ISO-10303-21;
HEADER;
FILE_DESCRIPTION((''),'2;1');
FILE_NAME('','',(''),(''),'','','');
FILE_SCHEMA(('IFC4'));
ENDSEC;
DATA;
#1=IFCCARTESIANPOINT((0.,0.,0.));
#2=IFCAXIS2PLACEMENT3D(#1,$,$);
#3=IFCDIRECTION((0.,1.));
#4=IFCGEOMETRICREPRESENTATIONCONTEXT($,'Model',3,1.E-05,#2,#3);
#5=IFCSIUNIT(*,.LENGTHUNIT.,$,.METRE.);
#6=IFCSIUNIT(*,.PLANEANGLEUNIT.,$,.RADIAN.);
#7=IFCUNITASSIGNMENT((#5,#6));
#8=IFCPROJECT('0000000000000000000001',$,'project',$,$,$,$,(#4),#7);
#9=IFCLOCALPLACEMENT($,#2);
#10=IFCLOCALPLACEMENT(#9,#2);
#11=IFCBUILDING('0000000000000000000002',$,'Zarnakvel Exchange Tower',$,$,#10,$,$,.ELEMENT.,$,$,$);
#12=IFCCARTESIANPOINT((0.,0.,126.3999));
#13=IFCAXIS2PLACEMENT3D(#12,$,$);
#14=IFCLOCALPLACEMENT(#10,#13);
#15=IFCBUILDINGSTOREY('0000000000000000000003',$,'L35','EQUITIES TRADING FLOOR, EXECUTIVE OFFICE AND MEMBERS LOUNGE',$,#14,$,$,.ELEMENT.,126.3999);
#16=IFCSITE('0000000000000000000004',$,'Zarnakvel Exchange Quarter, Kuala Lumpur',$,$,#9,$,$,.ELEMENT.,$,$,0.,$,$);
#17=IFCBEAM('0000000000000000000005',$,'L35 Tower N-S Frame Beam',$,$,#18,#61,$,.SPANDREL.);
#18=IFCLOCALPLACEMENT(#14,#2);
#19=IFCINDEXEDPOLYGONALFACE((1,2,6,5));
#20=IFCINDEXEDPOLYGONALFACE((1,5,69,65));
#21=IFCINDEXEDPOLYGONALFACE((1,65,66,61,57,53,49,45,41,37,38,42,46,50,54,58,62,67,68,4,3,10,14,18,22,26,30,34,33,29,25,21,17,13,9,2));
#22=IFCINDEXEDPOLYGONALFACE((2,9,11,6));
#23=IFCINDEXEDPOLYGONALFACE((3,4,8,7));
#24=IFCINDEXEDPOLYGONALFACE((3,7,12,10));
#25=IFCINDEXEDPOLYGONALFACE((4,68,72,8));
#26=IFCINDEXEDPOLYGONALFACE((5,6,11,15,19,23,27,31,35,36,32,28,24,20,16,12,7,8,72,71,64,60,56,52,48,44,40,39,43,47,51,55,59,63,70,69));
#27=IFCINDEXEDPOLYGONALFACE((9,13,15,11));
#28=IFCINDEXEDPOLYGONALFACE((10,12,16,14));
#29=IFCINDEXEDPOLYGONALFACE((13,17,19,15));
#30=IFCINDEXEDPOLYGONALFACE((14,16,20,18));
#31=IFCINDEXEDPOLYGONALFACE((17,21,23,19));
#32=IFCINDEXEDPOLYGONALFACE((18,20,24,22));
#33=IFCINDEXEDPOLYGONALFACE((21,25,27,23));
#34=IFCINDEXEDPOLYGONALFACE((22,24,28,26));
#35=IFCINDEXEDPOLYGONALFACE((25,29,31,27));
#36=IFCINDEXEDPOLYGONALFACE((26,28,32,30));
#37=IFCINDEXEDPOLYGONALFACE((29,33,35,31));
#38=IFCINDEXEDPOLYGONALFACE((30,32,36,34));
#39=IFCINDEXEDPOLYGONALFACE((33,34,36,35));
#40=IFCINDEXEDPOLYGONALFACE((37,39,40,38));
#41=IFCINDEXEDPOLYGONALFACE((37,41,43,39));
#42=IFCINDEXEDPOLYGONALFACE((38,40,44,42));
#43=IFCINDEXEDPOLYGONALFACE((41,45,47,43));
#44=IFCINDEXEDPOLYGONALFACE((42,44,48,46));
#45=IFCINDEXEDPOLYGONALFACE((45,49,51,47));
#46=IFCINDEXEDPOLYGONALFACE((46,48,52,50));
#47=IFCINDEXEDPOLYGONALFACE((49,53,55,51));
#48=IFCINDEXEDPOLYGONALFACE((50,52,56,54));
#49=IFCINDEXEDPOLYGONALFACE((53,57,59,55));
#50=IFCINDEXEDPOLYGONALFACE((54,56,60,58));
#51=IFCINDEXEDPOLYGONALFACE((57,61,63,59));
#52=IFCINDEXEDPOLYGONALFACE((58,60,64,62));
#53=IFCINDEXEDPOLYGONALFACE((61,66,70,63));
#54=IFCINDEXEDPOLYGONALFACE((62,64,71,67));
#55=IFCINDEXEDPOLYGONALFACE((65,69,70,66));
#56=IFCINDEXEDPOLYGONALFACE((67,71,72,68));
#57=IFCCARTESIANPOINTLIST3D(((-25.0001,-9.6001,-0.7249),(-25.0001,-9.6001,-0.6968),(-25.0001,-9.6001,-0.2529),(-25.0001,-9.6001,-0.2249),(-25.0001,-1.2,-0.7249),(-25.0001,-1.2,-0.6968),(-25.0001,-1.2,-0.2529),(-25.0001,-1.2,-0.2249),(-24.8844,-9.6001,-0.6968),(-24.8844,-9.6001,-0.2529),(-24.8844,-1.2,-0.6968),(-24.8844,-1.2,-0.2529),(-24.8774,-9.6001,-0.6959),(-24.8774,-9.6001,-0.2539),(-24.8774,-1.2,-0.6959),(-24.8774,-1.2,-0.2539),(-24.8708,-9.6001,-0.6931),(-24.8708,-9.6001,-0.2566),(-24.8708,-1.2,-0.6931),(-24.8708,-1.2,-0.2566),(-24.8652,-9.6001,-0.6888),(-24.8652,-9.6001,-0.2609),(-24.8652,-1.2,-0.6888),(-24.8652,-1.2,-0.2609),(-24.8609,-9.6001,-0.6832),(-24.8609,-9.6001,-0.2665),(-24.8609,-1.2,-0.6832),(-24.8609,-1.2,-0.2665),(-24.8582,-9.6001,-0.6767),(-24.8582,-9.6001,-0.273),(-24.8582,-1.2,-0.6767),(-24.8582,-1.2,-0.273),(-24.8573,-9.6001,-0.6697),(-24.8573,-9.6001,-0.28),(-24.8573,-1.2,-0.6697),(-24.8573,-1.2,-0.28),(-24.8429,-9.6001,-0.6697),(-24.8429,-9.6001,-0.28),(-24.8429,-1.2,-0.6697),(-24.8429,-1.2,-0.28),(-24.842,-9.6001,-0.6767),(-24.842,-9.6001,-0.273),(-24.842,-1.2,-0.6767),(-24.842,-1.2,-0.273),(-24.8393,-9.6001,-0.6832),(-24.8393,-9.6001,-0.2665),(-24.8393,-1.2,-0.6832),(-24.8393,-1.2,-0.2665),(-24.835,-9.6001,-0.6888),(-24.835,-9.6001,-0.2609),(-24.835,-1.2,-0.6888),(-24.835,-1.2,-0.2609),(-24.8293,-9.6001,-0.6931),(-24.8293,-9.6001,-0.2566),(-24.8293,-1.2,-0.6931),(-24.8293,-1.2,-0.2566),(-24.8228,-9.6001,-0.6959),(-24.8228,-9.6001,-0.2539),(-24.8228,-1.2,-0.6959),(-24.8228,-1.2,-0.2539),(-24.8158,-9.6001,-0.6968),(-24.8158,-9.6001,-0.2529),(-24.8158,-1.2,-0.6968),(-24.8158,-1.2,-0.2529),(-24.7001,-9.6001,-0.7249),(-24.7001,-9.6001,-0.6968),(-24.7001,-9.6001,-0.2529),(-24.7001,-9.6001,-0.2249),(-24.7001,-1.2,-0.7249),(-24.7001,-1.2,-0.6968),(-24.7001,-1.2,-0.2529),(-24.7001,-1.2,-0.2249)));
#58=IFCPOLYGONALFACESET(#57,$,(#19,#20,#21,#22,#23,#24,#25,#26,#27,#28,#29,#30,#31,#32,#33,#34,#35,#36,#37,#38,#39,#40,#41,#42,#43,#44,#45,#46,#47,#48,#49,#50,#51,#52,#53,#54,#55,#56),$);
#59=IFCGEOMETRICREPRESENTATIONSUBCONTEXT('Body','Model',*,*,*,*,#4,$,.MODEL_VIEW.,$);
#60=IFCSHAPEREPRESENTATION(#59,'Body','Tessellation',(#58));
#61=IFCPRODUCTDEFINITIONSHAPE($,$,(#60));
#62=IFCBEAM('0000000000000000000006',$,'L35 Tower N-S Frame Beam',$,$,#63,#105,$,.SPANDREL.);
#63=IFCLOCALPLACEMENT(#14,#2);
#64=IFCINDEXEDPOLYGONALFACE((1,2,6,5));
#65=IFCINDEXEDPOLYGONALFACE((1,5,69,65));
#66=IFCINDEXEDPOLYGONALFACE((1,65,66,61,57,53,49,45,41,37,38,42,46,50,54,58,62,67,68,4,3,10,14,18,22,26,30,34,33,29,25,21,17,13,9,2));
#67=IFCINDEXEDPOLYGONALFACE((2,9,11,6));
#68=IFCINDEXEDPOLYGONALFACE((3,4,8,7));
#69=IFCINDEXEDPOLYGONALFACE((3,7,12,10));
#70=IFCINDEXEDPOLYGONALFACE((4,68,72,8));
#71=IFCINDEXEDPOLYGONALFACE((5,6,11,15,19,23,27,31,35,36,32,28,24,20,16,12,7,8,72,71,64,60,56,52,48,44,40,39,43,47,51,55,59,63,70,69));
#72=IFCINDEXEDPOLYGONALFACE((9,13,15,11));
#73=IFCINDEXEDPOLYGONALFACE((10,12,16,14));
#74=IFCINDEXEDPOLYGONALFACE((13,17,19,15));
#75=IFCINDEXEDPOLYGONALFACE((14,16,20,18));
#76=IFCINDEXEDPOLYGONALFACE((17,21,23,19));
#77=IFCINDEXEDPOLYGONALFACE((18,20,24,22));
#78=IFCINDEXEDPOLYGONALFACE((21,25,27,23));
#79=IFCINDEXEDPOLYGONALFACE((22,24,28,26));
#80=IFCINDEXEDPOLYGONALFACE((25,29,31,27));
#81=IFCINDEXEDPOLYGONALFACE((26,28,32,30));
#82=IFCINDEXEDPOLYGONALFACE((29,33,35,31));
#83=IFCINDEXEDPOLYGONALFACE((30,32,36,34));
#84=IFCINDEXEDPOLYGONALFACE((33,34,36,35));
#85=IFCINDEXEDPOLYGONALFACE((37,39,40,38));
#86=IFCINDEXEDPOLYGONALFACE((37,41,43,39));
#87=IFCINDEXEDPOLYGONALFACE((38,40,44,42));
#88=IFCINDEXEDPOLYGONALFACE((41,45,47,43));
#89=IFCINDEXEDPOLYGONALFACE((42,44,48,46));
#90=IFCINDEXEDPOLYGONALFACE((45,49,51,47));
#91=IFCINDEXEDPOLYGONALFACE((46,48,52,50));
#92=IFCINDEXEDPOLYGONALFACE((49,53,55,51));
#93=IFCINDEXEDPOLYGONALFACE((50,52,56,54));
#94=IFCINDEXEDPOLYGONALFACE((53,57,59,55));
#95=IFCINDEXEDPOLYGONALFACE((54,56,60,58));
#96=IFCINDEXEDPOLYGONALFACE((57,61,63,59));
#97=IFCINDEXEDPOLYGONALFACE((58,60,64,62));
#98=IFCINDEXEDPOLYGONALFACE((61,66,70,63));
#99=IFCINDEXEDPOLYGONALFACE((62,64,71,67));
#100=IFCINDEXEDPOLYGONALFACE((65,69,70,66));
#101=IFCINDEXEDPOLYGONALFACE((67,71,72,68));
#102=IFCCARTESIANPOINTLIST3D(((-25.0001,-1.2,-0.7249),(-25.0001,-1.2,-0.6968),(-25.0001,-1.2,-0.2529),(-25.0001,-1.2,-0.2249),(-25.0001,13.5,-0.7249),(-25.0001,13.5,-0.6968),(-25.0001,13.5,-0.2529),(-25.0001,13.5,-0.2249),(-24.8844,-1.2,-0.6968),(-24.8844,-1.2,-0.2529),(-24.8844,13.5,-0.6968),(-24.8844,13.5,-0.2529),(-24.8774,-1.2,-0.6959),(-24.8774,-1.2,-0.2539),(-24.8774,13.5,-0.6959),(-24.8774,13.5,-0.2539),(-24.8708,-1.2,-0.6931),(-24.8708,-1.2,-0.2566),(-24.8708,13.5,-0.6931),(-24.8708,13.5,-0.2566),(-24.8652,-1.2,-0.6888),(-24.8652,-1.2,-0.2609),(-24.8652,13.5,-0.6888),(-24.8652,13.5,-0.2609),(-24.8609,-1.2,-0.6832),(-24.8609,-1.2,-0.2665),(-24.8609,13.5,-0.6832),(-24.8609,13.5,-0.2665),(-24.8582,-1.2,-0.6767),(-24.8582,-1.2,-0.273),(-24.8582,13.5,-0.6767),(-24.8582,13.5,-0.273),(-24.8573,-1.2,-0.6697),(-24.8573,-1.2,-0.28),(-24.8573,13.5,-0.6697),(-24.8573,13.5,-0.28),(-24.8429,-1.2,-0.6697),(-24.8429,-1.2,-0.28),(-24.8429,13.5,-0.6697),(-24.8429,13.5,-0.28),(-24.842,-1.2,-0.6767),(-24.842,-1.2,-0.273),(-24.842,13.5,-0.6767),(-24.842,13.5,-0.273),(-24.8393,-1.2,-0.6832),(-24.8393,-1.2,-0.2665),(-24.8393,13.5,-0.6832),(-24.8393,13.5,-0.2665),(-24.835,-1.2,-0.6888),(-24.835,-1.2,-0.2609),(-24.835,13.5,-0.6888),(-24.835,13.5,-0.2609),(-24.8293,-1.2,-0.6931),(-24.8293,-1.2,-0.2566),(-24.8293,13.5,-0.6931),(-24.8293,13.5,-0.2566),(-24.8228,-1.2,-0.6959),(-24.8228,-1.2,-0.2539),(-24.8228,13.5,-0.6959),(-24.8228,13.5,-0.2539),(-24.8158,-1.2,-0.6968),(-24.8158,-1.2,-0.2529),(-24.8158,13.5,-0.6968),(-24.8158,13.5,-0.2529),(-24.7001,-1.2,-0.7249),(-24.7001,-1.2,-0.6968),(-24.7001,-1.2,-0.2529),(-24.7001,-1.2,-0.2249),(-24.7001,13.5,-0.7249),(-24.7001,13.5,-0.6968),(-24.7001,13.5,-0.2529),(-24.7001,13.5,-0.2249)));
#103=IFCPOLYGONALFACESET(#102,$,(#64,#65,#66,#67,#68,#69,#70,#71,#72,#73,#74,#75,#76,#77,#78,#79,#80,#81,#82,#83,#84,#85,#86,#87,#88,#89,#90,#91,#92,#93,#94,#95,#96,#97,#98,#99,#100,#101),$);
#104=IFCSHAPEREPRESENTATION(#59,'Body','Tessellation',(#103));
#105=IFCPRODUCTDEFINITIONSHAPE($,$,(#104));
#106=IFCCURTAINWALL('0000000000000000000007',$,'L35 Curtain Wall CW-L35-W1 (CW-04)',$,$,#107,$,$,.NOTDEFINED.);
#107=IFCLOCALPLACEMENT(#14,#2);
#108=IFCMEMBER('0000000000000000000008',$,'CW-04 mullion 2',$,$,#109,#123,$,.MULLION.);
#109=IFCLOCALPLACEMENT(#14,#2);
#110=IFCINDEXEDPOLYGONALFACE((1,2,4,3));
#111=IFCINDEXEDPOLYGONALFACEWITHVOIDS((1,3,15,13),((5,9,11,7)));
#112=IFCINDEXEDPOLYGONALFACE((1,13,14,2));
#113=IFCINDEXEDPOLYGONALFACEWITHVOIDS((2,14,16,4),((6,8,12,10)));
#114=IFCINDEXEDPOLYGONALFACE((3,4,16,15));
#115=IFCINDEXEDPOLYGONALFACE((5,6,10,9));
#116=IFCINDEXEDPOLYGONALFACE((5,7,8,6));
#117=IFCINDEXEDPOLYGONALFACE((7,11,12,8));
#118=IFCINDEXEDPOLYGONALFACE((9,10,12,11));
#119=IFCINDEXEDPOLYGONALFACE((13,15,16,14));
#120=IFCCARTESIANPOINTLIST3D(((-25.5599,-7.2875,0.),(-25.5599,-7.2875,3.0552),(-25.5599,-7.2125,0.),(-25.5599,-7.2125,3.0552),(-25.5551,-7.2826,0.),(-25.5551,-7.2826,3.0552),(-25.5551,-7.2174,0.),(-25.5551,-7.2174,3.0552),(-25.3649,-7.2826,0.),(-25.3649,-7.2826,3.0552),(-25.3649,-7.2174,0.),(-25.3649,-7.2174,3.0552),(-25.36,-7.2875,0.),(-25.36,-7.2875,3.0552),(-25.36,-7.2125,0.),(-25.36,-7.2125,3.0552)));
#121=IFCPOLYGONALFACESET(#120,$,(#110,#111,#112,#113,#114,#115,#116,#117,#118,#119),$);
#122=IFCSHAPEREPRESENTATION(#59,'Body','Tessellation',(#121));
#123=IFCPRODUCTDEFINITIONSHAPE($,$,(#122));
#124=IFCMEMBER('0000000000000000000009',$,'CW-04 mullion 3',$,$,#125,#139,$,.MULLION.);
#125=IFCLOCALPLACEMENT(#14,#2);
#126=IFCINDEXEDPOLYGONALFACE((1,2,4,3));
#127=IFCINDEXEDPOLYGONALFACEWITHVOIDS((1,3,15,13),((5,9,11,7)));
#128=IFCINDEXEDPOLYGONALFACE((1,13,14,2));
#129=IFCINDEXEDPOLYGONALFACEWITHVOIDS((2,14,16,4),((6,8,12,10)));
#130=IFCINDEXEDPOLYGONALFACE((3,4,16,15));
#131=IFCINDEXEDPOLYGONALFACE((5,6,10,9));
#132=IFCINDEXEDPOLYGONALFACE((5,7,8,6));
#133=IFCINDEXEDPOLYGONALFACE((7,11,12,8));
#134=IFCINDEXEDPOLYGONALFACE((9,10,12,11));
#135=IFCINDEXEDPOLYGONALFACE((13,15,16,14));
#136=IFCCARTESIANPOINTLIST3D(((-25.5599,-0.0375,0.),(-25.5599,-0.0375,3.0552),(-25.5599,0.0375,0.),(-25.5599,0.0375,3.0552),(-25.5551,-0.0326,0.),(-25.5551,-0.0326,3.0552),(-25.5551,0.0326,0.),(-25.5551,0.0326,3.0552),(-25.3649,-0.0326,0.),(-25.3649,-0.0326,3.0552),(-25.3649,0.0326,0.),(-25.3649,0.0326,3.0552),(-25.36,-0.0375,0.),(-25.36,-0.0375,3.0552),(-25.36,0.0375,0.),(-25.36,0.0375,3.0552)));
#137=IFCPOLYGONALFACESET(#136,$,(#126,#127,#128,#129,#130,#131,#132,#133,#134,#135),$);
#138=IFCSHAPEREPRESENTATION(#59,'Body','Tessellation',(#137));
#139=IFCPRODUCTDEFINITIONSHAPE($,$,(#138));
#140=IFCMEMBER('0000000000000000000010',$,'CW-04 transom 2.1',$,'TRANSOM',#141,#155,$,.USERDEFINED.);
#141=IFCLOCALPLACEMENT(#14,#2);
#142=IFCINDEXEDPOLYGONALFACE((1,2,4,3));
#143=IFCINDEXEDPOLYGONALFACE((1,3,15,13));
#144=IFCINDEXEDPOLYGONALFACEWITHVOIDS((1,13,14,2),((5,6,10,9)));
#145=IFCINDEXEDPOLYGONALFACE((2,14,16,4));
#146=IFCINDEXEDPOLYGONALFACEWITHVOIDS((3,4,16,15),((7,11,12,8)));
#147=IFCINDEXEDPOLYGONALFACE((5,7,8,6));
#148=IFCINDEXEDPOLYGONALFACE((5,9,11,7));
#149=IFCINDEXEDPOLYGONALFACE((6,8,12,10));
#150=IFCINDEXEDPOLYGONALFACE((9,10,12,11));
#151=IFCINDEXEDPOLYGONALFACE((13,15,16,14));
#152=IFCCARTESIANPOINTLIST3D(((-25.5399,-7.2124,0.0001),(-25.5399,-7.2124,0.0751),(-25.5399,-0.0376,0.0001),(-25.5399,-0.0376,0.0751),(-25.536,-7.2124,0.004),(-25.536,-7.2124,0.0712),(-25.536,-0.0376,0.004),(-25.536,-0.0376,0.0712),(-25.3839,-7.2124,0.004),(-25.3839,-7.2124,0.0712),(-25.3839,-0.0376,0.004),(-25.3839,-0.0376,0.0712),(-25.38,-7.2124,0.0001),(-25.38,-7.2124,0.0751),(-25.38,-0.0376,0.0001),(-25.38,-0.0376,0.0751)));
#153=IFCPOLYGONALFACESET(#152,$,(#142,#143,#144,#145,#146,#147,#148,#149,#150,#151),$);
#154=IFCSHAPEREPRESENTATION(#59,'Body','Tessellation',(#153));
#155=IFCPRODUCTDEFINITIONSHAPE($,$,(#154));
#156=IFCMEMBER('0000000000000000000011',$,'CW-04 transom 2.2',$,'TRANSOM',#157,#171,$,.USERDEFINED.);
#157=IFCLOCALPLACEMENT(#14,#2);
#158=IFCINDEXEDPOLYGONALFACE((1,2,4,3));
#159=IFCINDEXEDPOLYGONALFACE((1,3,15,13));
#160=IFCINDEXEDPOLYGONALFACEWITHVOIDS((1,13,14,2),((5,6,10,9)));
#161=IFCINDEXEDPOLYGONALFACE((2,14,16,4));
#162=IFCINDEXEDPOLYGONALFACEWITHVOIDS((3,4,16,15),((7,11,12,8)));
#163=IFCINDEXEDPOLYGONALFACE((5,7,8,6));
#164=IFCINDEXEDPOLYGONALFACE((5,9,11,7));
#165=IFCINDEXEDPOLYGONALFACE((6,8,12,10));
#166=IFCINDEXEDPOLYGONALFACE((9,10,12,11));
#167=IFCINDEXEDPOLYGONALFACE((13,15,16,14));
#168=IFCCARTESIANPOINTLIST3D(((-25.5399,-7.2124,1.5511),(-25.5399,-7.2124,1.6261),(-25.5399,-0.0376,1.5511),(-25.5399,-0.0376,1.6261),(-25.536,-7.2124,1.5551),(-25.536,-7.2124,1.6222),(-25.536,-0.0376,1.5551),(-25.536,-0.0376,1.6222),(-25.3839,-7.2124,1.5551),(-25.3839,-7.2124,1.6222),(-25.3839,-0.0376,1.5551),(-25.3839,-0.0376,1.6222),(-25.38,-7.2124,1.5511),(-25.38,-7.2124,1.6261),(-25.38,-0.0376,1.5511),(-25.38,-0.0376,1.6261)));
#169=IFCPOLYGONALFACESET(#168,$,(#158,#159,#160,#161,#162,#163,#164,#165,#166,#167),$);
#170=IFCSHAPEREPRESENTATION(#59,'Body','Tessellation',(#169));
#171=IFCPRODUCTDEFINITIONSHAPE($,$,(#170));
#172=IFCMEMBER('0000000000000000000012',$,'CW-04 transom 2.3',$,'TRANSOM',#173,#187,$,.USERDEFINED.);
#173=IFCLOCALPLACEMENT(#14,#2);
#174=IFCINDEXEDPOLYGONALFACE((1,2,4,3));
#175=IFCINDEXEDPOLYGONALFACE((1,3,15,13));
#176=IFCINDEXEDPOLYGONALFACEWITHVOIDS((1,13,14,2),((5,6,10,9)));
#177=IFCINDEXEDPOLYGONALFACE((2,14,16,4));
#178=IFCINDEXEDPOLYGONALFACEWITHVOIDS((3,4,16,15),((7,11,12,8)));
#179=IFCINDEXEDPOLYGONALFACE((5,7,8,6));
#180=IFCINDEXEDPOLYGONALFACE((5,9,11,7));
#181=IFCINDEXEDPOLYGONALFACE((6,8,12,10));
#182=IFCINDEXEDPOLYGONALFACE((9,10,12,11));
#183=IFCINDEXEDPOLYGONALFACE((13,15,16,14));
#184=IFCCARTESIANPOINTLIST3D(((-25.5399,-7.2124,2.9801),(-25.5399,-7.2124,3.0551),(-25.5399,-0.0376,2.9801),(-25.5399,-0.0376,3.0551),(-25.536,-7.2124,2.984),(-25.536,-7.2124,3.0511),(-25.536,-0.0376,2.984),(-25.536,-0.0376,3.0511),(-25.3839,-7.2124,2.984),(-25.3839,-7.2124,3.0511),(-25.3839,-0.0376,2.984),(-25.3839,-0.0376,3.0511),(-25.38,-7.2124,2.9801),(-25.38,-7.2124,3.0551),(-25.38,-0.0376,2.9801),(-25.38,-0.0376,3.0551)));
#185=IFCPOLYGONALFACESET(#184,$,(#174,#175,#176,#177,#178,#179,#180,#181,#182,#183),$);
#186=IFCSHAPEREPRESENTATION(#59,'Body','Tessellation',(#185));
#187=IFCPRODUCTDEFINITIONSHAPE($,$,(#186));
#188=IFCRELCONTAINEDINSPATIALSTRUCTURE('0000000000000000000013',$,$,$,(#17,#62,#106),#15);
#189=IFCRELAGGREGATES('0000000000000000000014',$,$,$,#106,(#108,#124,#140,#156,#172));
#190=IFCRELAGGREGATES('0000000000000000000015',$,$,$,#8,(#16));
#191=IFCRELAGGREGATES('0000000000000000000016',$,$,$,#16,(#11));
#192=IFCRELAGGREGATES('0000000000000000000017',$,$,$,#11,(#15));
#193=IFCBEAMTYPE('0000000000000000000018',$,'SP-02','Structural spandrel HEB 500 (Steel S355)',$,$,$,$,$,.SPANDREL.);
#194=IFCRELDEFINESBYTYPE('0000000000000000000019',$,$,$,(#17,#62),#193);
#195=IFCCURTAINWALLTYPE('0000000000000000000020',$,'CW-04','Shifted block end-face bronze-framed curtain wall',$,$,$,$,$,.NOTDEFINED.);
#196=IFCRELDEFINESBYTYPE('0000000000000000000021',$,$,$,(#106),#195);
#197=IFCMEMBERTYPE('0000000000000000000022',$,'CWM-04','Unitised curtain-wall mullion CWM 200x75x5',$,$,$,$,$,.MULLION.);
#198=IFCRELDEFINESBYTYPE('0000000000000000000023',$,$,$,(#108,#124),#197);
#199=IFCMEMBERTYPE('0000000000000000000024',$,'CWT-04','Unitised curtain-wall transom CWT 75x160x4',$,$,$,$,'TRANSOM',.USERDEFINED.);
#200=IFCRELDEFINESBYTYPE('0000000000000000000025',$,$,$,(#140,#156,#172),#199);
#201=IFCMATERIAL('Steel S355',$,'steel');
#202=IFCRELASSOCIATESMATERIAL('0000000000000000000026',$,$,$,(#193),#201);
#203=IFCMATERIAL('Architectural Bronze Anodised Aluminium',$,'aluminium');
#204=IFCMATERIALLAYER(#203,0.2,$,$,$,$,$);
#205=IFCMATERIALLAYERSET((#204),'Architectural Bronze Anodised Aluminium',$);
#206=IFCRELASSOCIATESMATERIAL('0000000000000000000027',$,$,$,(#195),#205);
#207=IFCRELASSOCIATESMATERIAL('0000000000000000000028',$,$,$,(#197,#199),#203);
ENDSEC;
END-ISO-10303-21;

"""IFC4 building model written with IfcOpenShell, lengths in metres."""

from ifc_helpers import new_model, si_unit, direction, frame, origin, origin_2d, place, context, subcontext, project, spatial, hollow_rectangle, i_section, extrude, source, transform, mapped, material, layer, layer_set, material_profile, profile_set, type_object, element, aggregate, save


model = new_model("IFC4")

# Units and contexts
model_context = context("Model", 3, precision=1e-05, world=origin(), true_north=direction((0.0, 1.0)))
body_context = subcontext(model_context, "Body", "Model", "MODEL_VIEW")
ifc_project = project(units=[si_unit("LENGTHUNIT", "METRE"), si_unit("PLANEANGLEUNIT", "RADIAN")], contexts=[model_context])

# Site, building, storey
site_placement = place(None, origin())
site = spatial("IfcSite", under=ifc_project, at=site_placement, Name="Zarnakvel Exchange Quarter, Kuala Lumpur", CompositionType="ELEMENT", RefElevation=0.0)
building_placement = place(site_placement, origin())
building = spatial("IfcBuilding", under=site, at=building_placement, Name="Zarnakvel Exchange Tower", CompositionType="ELEMENT")
storey_placement = place(building_placement, frame((0.0, 0.0, 126.3999)))
storey = spatial("IfcBuildingStorey", under=building, at=storey_placement, Name="L35", Description="EQUITIES TRADING FLOOR, EXECUTIVE OFFICE AND MEMBERS LOUNGE", CompositionType="ELEMENT", Elevation=126.3999)

# Shared definitions
ifc_material_1 = material(Name="Steel S355", Category="steel")

# Beams
ifc_material_profile_1 = material_profile(ifc_material_1, i_section(OverallWidth=0.3, OverallDepth=0.5, WebThickness=0.0144, FlangeThickness=0.0281, FilletRadius=0.0271, at=origin_2d()))
ifc_profile_set_1 = profile_set([ifc_material_profile_1], Name="Steel S355")
beam_type_1 = type_object("IfcBeamType", Name="SP-02", Description="Structural spandrel HEB 500 (Steel S355)", PredefinedType="SPANDREL", material=ifc_profile_set_1)
beam_1_placement = place(storey_placement, frame((-24.8501, -9.6001, -0.4749), z_axis=(0.0, 1.0, 0.0), x_axis=(-1.0, 0.0, 0.0)))
element("IfcBeam", 1, at=beam_1_placement, inside=storey, type_object=beam_type_1, Name="L35 Tower N-S Frame Beam", PredefinedType="SPANDREL", context=body_context, shape_type="SweptSolid", body=[
    extrude(i_section(OverallWidth=0.3, OverallDepth=0.5, WebThickness=0.0144, FlangeThickness=0.0281, FilletRadius=0.0271, at=origin_2d()), origin(), (0.0, 0.0, 1.0), 8.4001),
])
beam_2_placement = place(storey_placement, frame((-24.8501, -1.2, -0.4749), z_axis=(0.0, 1.0, 0.0), x_axis=(-1.0, 0.0, 0.0)))
element("IfcBeam", 2, at=beam_2_placement, inside=storey, type_object=beam_type_1, Name="L35 Tower N-S Frame Beam", PredefinedType="SPANDREL", context=body_context, shape_type="SweptSolid", body=[
    extrude(i_section(OverallWidth=0.3, OverallDepth=0.5, WebThickness=0.0144, FlangeThickness=0.0281, FilletRadius=0.0271, at=origin_2d()), origin(), (0.0, 0.0, 1.0), 14.7),
])

# Curtain wall, members
ifc_material_2 = material(Name="Architectural Bronze Anodised Aluminium", Category="aluminium")
ifc_layer_1 = layer(ifc_material_2, 0.2)
ifc_layer_set_1 = layer_set([ifc_layer_1], Name="Architectural Bronze Anodised Aluminium")
curtain_wall_type = type_object("IfcCurtainWallType", Name="CW-04", Description="Shifted block end-face bronze-framed curtain wall", PredefinedType="NOTDEFINED", material=ifc_layer_set_1)
curtain_wall_placement = place(storey_placement, origin())
curtain_wall = element("IfcCurtainWall", 3, at=curtain_wall_placement, inside=storey, type_object=curtain_wall_type, Name="L35 Curtain Wall CW-L35-W1 (CW-04)", PredefinedType="NOTDEFINED")
ifc_material_profile_2 = material_profile(ifc_material_2, hollow_rectangle(XDim=0.2, YDim=0.075, WallThickness=0.0049, at=origin_2d()))
ifc_profile_set_2 = profile_set([ifc_material_profile_2], Name="Architectural Bronze Anodised Aluminium")
member_type_1 = type_object("IfcMemberType", Name="CWM-04", Description="Unitised curtain-wall mullion CWM 200x75x5", PredefinedType="MULLION", material=ifc_profile_set_2)
shared_shape_1 = source(origin(), body_context, "Body", "SweptSolid", [
    extrude(hollow_rectangle(XDim=0.2, YDim=0.075, WallThickness=0.0049, at=origin_2d()), origin(), (0.0, 0.0, 1.0), 3.0552),
])
member_1_placement = place(storey_placement, frame((-25.46, -7.25, 0.0), z_axis=(0.0, 0.0, 1.0), x_axis=(-1.0, 0.0, 0.0)))
member_1 = element("IfcMember", 4, at=member_1_placement, type_object=member_type_1, Name="CW-04 mullion 2", PredefinedType="MULLION", context=body_context, shape_type="MappedRepresentation", body=[
    mapped(shared_shape_1, transform((0.0, 0.0, 0.0), x_axis=(1.0, 0.0, 0.0), y_axis=(0.0, 1.0, 0.0), z_axis=(0.0, 0.0, 1.0), scale=1.0)),
])
member_2_placement = place(storey_placement, frame((-25.46, 0.0, 0.0), z_axis=(0.0, 0.0, 1.0), x_axis=(-1.0, 0.0, 0.0)))
member_2 = element("IfcMember", 5, at=member_2_placement, type_object=member_type_1, Name="CW-04 mullion 3", PredefinedType="MULLION", context=body_context, shape_type="MappedRepresentation", body=[
    mapped(shared_shape_1, transform((0.0, 0.0, 0.0), x_axis=(1.0, 0.0, 0.0), y_axis=(0.0, 1.0, 0.0), z_axis=(0.0, 0.0, 1.0), scale=1.0)),
])
ifc_material_profile_3 = material_profile(ifc_material_2, hollow_rectangle(XDim=0.1599, YDim=0.075, WallThickness=0.0039, at=origin_2d()))
ifc_profile_set_3 = profile_set([ifc_material_profile_3], Name="Architectural Bronze Anodised Aluminium")
member_type_2 = type_object("IfcMemberType", Name="CWT-04", Description="Unitised curtain-wall transom CWT 75x160x4", ElementType="TRANSOM", PredefinedType="USERDEFINED", material=ifc_profile_set_3)
shared_shape_2 = source(origin(), body_context, "Body", "SweptSolid", [
    extrude(hollow_rectangle(XDim=0.1599, YDim=0.075, WallThickness=0.0039, at=origin_2d()), origin(), (0.0, 0.0, 1.0), 7.1748),
])
member_3_placement = place(storey_placement, frame((-25.46, -7.2124, 0.0376), z_axis=(0.0, 1.0, 0.0), x_axis=(-1.0, 0.0, 0.0)))
member_3 = element("IfcMember", 6, at=member_3_placement, type_object=member_type_2, Name="CW-04 transom 2.1", ObjectType="TRANSOM", PredefinedType="USERDEFINED", context=body_context, shape_type="MappedRepresentation", body=[
    mapped(shared_shape_2, transform((0.0, 0.0, 0.0), x_axis=(1.0, 0.0, 0.0), y_axis=(0.0, 1.0, 0.0), z_axis=(0.0, 0.0, 1.0), scale=1.0)),
])
member_4_placement = place(storey_placement, frame((-25.46, -7.2124, 1.5886), z_axis=(0.0, 1.0, 0.0), x_axis=(-1.0, 0.0, 0.0)))
member_4 = element("IfcMember", 7, at=member_4_placement, type_object=member_type_2, Name="CW-04 transom 2.2", ObjectType="TRANSOM", PredefinedType="USERDEFINED", context=body_context, shape_type="MappedRepresentation", body=[
    mapped(shared_shape_2, transform((0.0, 0.0, 0.0), x_axis=(1.0, 0.0, 0.0), y_axis=(0.0, 1.0, 0.0), z_axis=(0.0, 0.0, 1.0), scale=1.0)),
])
member_5_placement = place(storey_placement, frame((-25.46, -7.2124, 3.0176), z_axis=(0.0, 1.0, 0.0), x_axis=(-1.0, 0.0, 0.0)))
member_5 = element("IfcMember", 8, at=member_5_placement, type_object=member_type_2, Name="CW-04 transom 2.3", ObjectType="TRANSOM", PredefinedType="USERDEFINED", context=body_context, shape_type="MappedRepresentation", body=[
    mapped(shared_shape_2, transform((0.0, 0.0, 0.0), x_axis=(1.0, 0.0, 0.0), y_axis=(0.0, 1.0, 0.0), z_axis=(0.0, 0.0, 1.0), scale=1.0)),
])
aggregate(curtain_wall, [member_1, member_2, member_3, member_4, member_5])

save(model, "model.ifc")
